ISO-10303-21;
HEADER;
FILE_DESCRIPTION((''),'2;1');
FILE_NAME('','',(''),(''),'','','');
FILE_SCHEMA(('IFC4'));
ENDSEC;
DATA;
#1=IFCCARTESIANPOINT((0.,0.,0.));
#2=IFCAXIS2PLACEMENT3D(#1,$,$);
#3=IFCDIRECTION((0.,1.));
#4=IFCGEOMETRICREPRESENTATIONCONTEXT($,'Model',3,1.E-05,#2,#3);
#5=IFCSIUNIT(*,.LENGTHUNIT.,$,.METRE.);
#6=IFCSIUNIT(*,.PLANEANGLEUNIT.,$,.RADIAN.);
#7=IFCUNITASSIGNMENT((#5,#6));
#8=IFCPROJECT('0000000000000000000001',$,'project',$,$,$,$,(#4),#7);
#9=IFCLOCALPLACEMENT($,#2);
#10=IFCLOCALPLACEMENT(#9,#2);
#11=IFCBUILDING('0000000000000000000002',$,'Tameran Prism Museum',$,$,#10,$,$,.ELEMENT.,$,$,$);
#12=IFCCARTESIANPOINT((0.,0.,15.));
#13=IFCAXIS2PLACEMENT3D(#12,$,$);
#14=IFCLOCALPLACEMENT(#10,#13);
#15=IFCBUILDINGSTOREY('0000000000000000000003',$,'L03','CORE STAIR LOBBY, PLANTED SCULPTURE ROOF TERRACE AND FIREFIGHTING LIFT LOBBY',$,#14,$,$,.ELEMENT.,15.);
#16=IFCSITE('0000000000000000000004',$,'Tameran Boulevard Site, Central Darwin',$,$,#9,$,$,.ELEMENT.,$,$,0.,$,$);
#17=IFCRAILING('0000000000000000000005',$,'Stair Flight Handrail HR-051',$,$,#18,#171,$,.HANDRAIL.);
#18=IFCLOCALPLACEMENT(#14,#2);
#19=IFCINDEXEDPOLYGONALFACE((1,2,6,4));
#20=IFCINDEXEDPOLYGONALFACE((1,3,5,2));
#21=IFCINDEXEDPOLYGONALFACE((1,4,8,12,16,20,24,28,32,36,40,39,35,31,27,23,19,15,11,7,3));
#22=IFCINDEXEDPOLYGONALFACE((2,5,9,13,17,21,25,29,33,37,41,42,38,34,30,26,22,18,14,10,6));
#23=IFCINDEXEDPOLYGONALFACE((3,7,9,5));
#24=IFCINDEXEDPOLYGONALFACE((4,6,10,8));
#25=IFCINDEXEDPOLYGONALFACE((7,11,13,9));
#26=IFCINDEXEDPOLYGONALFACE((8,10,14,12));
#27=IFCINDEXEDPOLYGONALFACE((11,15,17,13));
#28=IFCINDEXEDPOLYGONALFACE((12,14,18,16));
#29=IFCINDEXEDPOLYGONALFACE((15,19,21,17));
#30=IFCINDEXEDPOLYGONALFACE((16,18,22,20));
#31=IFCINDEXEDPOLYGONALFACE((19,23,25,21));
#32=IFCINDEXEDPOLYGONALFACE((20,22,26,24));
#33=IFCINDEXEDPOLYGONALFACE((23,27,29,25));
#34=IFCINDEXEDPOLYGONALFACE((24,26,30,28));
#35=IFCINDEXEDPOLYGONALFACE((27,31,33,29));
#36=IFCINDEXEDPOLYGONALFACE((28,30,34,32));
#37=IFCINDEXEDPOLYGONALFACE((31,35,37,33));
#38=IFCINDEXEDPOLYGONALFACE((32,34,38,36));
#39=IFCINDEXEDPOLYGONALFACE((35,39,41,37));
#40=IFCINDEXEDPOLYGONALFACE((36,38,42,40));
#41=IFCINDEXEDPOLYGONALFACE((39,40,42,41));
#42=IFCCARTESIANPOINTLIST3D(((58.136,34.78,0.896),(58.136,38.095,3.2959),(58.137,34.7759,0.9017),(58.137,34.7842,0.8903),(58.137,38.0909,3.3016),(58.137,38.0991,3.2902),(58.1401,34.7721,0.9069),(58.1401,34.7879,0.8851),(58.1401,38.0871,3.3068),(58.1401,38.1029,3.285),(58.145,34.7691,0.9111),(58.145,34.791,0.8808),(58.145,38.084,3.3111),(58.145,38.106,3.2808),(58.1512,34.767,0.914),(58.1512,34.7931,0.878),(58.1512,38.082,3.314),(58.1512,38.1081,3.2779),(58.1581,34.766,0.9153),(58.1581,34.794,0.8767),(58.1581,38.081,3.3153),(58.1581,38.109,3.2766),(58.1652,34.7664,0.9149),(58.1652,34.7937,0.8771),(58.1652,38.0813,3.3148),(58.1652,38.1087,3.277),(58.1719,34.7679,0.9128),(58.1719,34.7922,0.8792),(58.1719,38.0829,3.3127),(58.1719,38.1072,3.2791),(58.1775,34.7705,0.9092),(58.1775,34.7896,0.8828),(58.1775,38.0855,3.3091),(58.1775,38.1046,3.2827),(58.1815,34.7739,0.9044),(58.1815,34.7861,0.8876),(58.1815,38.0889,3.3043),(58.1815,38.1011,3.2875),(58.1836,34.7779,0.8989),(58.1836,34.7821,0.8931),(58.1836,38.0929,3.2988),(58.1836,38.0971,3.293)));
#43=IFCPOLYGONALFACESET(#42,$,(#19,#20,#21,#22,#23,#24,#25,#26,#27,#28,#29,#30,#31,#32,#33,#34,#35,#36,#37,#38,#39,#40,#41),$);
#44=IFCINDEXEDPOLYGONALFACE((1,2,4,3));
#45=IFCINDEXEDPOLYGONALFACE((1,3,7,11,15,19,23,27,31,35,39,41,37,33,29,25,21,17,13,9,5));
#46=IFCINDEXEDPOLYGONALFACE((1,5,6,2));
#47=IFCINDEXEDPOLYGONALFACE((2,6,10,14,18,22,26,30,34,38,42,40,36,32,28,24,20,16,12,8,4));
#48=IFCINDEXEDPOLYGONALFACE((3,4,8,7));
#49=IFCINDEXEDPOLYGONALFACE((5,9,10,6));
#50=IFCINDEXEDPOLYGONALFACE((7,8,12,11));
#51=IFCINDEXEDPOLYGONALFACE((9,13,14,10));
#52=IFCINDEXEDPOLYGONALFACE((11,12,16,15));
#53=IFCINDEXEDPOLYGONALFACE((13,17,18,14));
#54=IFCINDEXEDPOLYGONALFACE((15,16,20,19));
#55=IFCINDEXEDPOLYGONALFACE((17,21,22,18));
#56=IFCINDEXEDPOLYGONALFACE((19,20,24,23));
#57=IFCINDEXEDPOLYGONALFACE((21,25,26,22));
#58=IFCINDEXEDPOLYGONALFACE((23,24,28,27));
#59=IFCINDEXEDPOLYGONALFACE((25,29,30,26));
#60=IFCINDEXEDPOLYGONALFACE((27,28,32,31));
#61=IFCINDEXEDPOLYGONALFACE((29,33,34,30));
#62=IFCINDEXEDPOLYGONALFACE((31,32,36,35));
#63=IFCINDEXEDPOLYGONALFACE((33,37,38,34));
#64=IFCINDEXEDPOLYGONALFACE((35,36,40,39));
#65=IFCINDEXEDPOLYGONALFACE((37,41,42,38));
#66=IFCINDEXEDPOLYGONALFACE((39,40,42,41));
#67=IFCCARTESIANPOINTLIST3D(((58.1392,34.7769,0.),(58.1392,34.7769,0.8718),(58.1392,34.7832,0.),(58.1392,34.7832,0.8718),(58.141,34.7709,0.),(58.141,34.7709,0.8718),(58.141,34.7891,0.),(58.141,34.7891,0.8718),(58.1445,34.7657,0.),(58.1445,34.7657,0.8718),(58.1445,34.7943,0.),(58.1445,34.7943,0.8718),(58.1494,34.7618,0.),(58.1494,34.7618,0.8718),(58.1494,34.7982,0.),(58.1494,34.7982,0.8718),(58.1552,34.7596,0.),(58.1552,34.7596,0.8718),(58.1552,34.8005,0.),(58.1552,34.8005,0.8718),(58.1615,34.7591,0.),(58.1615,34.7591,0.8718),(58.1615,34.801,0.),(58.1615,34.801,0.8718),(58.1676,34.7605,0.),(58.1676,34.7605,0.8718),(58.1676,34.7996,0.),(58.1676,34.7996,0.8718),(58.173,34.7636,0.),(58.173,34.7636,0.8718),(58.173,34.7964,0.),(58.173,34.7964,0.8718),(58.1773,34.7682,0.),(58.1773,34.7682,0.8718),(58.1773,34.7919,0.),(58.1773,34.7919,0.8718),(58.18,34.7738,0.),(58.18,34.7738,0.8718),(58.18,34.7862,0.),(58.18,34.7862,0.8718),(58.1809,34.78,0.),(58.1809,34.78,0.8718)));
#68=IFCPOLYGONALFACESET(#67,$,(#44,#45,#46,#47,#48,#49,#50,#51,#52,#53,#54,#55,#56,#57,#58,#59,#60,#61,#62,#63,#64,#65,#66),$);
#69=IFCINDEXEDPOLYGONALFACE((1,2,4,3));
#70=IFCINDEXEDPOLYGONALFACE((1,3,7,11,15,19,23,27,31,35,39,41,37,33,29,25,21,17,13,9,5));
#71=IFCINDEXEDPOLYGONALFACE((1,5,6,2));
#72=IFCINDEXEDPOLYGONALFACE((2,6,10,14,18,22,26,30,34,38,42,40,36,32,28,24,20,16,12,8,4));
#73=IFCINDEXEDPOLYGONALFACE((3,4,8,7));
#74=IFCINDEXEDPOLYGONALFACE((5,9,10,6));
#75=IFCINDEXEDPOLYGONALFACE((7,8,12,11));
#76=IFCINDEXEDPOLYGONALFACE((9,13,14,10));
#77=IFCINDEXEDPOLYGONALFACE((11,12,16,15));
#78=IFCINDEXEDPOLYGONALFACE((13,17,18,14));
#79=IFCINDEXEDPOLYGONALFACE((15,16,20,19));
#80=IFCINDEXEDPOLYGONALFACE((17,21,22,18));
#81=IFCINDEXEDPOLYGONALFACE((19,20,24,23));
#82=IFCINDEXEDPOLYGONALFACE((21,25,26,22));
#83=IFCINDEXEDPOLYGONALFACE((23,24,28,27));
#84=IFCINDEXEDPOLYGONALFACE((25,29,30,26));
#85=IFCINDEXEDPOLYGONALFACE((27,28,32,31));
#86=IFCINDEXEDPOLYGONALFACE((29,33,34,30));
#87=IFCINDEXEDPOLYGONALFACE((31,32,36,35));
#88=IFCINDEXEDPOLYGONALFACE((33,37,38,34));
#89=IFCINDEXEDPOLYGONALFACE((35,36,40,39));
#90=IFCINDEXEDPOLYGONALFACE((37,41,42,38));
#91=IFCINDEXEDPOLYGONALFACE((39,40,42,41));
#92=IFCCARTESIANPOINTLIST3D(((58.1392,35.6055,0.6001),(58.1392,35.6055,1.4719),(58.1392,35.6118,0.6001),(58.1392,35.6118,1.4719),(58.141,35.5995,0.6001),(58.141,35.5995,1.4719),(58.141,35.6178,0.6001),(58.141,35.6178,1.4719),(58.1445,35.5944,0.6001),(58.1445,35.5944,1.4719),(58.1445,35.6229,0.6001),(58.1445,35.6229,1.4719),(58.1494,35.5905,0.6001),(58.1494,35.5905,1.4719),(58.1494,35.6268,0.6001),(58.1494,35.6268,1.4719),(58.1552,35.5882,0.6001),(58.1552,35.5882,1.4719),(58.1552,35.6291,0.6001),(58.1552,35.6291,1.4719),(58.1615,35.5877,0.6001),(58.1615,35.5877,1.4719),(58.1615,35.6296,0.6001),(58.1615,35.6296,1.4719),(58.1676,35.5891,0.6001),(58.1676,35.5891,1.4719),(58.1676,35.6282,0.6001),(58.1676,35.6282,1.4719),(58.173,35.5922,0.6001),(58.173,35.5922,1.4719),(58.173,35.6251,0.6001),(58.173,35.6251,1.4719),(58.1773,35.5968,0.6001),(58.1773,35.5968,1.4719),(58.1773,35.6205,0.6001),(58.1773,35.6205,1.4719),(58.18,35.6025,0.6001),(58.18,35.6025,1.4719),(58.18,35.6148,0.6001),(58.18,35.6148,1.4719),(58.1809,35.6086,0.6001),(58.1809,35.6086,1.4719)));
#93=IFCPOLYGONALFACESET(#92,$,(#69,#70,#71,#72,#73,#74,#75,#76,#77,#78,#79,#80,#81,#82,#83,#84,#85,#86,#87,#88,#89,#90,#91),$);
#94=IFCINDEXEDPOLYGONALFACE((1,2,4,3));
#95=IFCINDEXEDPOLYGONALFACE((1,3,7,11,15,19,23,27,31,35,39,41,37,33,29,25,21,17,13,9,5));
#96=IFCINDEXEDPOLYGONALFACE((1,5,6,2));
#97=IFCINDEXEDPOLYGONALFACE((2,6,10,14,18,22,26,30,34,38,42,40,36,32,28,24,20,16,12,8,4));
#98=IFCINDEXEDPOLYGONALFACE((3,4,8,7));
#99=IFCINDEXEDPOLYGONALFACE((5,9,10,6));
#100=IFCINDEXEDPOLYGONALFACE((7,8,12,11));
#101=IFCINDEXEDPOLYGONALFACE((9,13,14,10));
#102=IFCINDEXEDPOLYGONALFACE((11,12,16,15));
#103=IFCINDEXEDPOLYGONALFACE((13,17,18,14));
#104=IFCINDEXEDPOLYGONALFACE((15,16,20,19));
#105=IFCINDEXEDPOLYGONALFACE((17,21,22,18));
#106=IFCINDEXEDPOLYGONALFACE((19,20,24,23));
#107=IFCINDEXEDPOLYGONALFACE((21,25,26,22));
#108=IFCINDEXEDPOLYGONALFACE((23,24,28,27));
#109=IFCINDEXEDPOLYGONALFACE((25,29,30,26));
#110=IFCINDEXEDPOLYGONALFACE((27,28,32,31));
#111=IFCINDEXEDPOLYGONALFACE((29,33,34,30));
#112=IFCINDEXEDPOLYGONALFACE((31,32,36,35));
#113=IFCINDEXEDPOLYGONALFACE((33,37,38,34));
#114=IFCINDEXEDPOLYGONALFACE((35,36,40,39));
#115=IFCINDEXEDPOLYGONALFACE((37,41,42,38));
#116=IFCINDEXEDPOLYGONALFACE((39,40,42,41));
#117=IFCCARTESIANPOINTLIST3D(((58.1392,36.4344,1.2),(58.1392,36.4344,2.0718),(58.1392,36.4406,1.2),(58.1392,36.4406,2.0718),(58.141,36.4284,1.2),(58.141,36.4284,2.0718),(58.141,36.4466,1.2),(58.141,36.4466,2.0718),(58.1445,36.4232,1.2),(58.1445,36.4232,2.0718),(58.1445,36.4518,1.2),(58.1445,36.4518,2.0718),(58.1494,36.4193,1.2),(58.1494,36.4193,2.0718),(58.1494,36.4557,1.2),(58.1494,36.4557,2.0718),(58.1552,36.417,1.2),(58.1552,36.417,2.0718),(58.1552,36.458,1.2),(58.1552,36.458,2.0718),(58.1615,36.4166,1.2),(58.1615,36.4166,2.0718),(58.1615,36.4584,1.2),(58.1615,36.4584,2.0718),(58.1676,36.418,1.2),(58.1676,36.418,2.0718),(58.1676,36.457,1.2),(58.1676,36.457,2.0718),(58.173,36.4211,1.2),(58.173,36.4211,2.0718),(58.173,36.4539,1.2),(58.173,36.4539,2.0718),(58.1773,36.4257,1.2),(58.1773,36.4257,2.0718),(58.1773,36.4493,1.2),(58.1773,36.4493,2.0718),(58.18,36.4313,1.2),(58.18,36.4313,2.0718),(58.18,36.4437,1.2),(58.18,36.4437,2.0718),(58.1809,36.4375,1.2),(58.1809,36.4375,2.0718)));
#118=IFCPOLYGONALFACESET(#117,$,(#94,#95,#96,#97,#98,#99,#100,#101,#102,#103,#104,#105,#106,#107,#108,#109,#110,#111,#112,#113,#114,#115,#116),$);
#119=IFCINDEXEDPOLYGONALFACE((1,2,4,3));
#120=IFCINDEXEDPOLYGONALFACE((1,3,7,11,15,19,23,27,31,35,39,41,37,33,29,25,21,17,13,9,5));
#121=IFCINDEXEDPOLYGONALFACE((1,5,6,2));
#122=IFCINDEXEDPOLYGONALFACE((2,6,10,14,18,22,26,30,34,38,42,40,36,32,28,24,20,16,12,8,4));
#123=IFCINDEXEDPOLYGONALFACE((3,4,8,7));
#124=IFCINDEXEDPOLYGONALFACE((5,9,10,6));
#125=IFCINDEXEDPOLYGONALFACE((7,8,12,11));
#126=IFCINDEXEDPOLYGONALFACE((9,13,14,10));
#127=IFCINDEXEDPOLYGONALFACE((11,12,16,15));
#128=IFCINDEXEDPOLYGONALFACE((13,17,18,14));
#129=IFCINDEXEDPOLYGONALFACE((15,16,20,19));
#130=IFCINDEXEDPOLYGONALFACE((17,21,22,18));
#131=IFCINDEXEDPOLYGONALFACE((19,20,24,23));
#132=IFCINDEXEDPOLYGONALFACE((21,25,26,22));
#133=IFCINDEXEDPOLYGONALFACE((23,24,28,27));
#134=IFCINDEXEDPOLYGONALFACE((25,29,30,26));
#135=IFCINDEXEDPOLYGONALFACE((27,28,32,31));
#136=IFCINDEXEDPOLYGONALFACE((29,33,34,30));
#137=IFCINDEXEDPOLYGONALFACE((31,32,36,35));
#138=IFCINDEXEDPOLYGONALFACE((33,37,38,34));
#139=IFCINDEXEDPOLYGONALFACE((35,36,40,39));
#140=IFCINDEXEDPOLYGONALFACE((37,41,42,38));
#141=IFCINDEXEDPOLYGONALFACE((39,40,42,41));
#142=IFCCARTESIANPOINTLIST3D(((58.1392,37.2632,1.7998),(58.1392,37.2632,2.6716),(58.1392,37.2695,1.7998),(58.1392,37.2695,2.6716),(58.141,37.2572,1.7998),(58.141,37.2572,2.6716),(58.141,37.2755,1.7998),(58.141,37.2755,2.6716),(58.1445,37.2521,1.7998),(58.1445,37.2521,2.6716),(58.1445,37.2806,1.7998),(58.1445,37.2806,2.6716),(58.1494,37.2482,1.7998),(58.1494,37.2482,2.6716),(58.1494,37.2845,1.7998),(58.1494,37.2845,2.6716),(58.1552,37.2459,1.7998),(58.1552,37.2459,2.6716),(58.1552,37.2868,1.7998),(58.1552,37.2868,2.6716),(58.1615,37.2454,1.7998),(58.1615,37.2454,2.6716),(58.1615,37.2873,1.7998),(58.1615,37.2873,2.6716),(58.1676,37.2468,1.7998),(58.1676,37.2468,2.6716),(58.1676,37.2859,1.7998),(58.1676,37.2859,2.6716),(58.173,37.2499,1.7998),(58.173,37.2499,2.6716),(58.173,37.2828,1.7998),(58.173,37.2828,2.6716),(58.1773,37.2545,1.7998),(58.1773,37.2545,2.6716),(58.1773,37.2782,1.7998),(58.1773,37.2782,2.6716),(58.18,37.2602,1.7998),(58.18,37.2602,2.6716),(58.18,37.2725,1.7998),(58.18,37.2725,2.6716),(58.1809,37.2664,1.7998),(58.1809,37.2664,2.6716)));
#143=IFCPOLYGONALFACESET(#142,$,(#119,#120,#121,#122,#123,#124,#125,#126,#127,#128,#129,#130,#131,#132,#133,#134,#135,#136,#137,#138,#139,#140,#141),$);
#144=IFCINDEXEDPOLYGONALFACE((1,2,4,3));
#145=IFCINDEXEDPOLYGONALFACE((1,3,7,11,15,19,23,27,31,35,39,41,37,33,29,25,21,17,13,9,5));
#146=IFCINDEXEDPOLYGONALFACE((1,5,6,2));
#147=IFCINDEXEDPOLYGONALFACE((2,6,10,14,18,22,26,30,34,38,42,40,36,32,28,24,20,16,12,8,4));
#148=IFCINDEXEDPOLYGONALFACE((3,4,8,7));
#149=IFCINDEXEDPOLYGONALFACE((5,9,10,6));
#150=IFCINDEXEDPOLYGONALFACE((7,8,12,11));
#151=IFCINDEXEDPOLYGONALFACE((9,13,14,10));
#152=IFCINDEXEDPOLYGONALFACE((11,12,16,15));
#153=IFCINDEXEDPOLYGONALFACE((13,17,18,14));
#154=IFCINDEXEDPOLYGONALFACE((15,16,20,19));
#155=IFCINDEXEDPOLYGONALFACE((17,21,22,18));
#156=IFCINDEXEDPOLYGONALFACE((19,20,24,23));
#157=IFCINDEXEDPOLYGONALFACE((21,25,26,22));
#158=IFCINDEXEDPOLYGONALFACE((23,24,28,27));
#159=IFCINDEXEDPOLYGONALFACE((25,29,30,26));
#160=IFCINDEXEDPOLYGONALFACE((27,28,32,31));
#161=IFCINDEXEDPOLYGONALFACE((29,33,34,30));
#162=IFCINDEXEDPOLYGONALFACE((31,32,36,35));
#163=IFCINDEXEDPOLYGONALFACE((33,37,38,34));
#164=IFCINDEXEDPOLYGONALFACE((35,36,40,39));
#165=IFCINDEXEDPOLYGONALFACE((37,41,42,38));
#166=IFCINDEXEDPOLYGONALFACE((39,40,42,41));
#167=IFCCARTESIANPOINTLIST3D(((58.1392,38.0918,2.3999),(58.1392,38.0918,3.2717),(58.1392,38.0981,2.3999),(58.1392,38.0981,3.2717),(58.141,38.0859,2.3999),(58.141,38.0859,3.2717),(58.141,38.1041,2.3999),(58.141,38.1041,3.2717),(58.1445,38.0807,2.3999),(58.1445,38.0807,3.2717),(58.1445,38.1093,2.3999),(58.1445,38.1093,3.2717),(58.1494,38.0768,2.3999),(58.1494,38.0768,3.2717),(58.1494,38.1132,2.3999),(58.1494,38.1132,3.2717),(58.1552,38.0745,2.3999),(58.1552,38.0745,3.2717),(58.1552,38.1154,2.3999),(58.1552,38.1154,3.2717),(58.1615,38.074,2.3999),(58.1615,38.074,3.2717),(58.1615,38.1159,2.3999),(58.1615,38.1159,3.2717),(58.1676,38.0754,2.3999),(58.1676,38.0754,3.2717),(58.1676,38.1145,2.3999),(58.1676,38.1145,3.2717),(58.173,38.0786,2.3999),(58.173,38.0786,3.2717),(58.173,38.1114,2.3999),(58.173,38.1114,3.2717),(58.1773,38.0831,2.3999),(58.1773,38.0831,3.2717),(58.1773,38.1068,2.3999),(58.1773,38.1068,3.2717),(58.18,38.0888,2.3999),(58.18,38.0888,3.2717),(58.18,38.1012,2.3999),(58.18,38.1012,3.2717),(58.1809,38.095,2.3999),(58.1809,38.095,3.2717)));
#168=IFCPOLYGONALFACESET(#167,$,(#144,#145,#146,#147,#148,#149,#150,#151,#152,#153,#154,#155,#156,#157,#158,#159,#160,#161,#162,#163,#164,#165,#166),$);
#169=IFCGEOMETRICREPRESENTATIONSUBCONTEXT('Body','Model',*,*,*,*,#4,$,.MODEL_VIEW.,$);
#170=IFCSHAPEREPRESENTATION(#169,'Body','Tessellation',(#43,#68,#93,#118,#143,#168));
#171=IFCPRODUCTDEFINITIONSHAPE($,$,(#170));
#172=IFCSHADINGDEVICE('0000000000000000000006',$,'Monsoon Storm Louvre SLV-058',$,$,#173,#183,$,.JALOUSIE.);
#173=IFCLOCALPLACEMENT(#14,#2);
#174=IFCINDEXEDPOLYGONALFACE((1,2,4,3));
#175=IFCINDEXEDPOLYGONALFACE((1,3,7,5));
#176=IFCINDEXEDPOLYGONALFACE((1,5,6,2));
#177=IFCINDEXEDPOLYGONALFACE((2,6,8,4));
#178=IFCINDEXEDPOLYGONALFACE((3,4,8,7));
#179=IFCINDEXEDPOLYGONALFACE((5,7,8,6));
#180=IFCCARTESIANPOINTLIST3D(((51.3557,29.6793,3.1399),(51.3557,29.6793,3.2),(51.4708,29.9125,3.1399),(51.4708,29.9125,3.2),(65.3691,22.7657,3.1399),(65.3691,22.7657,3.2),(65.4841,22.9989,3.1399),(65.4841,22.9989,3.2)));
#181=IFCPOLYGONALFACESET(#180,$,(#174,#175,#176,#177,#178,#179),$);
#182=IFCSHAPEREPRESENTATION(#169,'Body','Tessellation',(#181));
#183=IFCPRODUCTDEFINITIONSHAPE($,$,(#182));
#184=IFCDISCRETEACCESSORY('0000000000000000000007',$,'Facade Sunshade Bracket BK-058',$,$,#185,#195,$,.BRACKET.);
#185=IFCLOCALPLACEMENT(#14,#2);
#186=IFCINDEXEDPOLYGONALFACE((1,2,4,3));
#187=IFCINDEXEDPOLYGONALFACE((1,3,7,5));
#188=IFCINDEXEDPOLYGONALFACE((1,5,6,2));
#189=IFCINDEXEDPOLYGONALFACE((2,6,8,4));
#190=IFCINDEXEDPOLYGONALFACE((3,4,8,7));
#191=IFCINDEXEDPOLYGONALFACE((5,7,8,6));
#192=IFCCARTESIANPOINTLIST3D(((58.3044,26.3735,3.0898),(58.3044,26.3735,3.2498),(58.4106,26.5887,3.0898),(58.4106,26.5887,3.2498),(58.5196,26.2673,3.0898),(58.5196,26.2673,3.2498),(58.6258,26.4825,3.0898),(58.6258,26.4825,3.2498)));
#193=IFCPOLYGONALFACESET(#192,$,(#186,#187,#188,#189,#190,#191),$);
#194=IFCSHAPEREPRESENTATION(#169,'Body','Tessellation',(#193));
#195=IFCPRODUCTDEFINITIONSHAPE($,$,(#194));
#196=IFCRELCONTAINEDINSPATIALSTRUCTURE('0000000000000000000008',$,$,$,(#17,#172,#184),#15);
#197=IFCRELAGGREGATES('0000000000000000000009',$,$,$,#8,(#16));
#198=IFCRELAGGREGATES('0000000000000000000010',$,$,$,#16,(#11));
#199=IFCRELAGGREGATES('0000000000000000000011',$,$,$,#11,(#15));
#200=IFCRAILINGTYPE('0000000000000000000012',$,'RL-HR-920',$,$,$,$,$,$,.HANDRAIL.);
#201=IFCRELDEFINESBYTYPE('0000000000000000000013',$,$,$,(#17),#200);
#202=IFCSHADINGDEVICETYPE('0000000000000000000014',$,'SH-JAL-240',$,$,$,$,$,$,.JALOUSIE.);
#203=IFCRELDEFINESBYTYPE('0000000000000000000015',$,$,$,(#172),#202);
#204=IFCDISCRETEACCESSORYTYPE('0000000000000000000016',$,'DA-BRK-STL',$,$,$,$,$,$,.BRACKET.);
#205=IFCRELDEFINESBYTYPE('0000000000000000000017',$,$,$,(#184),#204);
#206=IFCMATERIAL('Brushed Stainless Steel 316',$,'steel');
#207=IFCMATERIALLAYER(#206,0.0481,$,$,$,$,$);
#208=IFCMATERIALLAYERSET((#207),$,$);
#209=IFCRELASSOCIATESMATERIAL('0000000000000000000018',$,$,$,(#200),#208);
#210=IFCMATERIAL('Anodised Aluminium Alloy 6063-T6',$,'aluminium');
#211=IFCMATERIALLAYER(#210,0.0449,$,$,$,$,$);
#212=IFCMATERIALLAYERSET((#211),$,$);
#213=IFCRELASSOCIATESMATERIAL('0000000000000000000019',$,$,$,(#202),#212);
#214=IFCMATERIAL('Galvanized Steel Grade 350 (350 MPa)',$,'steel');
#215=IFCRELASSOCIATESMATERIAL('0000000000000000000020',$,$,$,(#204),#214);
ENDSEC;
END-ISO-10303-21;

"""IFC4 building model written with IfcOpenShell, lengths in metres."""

from ifc_helpers import new_model, si_unit, direction, frame, origin, origin_2d, place, context, subcontext, project, spatial, rectangle, circle, extrude, material, layer, layer_set, type_object, element, save


model = new_model("IFC4")

# Units and contexts
model_context = context("Model", 3, precision=1e-05, world=origin(), true_north=direction((0.0, 1.0)))
body_context = subcontext(model_context, "Body", "Model", "MODEL_VIEW")
ifc_project = project(units=[si_unit("LENGTHUNIT", "METRE"), si_unit("PLANEANGLEUNIT", "RADIAN")], contexts=[model_context])

# Site, building, storey
site_placement = place(None, origin())
site = spatial("IfcSite", under=ifc_project, at=site_placement, Name="Tameran Boulevard Site, Central Darwin", CompositionType="ELEMENT", RefElevation=0.0)
building_placement = place(site_placement, origin())
building = spatial("IfcBuilding", under=site, at=building_placement, Name="Tameran Prism Museum", CompositionType="ELEMENT")
storey_placement = place(building_placement, frame((0.0, 0.0, 15.0)))
storey = spatial("IfcBuildingStorey", under=building, at=storey_placement, Name="L03", Description="CORE STAIR LOBBY, PLANTED SCULPTURE ROOF TERRACE AND FIREFIGHTING LIFT LOBBY", CompositionType="ELEMENT", Elevation=15.0)

# Railing
ifc_material_1 = material(Name="Brushed Stainless Steel 316", Category="steel")
ifc_layer_1 = layer(ifc_material_1, 0.0481)
ifc_layer_set_1 = layer_set([ifc_layer_1])
railing_type = type_object("IfcRailingType", Name="RL-HR-920", PredefinedType="HANDRAIL", material=ifc_layer_set_1)
railing_placement = place(storey_placement, frame((58.1599, 34.78, 0.0)))
element("IfcRailing", 1, at=railing_placement, inside=storey, type_object=railing_type, Name="Stair Flight Handrail HR-051", PredefinedType="HANDRAIL", context=body_context, shape_type="SweptSolid", body=[
    extrude(circle(Radius=0.0239, at=origin_2d()), frame((0.0, 0.0, 0.896), z_axis=(0.0, 0.810009, 0.586418), x_axis=(-1.0, 0.0, 0.0)), (0.0, 0.0, 1.0), 4.0925),
    extrude(circle(Radius=0.021, at=origin_2d()), origin(), (0.0, 0.0, 1.0), 0.8718),
    extrude(circle(Radius=0.021, at=origin_2d()), frame((0.0, 0.8286, 0.6001)), (0.0, 0.0, 1.0), 0.8718),
    extrude(circle(Radius=0.021, at=origin_2d()), frame((0.0, 1.6575, 1.2)), (0.0, 0.0, 1.0), 0.8718),
    extrude(circle(Radius=0.021, at=origin_2d()), frame((0.0, 2.4863, 1.7998)), (0.0, 0.0, 1.0), 0.8718),
    extrude(circle(Radius=0.021, at=origin_2d()), frame((0.0, 3.3149, 2.3999)), (0.0, 0.0, 1.0), 0.8718),
])

# Shading device
ifc_material_2 = material(Name="Anodised Aluminium Alloy 6063-T6", Category="aluminium")
ifc_layer_2 = layer(ifc_material_2, 0.0449)
ifc_layer_set_2 = layer_set([ifc_layer_2])
shading_device_type = type_object("IfcShadingDeviceType", Name="SH-JAL-240", PredefinedType="JALOUSIE", material=ifc_layer_set_2)
shading_device_placement = place(storey_placement, frame((58.4199, 26.3391, 3.1399), z_axis=(0.0, 0.0, 1.0), x_axis=(-0.896796, 0.442445, 0.0)))
element("IfcShadingDevice", 2, at=shading_device_placement, inside=storey, type_object=shading_device_type, Name="Monsoon Storm Louvre SLV-058", PredefinedType="JALOUSIE", context=body_context, shape_type="SweptSolid", body=[
    extrude(rectangle(XDim=15.626, YDim=0.26, at=origin_2d()), origin(), (0.0, 0.0, 1.0), 0.0601),
])

# Discrete accessory
ifc_material_3 = material(Name="Galvanized Steel Grade 350 (350 MPa)", Category="steel")
discrete_accessory_type = type_object("IfcDiscreteAccessoryType", Name="DA-BRK-STL", PredefinedType="BRACKET", material=ifc_material_3)
discrete_accessory_placement = place(storey_placement, frame((58.4651, 26.428, 3.0898), z_axis=(0.0, 0.0, 1.0), x_axis=(-0.896796, 0.442445, 0.0)))
element("IfcDiscreteAccessory", 3, at=discrete_accessory_placement, inside=storey, type_object=discrete_accessory_type, Name="Facade Sunshade Bracket BK-058", PredefinedType="BRACKET", context=body_context, shape_type="SweptSolid", body=[
    extrude(rectangle(XDim=0.24, YDim=0.24, at=origin_2d()), origin(), (0.0, 0.0, 1.0), 0.1599),
])

save(model, "model.ifc")
